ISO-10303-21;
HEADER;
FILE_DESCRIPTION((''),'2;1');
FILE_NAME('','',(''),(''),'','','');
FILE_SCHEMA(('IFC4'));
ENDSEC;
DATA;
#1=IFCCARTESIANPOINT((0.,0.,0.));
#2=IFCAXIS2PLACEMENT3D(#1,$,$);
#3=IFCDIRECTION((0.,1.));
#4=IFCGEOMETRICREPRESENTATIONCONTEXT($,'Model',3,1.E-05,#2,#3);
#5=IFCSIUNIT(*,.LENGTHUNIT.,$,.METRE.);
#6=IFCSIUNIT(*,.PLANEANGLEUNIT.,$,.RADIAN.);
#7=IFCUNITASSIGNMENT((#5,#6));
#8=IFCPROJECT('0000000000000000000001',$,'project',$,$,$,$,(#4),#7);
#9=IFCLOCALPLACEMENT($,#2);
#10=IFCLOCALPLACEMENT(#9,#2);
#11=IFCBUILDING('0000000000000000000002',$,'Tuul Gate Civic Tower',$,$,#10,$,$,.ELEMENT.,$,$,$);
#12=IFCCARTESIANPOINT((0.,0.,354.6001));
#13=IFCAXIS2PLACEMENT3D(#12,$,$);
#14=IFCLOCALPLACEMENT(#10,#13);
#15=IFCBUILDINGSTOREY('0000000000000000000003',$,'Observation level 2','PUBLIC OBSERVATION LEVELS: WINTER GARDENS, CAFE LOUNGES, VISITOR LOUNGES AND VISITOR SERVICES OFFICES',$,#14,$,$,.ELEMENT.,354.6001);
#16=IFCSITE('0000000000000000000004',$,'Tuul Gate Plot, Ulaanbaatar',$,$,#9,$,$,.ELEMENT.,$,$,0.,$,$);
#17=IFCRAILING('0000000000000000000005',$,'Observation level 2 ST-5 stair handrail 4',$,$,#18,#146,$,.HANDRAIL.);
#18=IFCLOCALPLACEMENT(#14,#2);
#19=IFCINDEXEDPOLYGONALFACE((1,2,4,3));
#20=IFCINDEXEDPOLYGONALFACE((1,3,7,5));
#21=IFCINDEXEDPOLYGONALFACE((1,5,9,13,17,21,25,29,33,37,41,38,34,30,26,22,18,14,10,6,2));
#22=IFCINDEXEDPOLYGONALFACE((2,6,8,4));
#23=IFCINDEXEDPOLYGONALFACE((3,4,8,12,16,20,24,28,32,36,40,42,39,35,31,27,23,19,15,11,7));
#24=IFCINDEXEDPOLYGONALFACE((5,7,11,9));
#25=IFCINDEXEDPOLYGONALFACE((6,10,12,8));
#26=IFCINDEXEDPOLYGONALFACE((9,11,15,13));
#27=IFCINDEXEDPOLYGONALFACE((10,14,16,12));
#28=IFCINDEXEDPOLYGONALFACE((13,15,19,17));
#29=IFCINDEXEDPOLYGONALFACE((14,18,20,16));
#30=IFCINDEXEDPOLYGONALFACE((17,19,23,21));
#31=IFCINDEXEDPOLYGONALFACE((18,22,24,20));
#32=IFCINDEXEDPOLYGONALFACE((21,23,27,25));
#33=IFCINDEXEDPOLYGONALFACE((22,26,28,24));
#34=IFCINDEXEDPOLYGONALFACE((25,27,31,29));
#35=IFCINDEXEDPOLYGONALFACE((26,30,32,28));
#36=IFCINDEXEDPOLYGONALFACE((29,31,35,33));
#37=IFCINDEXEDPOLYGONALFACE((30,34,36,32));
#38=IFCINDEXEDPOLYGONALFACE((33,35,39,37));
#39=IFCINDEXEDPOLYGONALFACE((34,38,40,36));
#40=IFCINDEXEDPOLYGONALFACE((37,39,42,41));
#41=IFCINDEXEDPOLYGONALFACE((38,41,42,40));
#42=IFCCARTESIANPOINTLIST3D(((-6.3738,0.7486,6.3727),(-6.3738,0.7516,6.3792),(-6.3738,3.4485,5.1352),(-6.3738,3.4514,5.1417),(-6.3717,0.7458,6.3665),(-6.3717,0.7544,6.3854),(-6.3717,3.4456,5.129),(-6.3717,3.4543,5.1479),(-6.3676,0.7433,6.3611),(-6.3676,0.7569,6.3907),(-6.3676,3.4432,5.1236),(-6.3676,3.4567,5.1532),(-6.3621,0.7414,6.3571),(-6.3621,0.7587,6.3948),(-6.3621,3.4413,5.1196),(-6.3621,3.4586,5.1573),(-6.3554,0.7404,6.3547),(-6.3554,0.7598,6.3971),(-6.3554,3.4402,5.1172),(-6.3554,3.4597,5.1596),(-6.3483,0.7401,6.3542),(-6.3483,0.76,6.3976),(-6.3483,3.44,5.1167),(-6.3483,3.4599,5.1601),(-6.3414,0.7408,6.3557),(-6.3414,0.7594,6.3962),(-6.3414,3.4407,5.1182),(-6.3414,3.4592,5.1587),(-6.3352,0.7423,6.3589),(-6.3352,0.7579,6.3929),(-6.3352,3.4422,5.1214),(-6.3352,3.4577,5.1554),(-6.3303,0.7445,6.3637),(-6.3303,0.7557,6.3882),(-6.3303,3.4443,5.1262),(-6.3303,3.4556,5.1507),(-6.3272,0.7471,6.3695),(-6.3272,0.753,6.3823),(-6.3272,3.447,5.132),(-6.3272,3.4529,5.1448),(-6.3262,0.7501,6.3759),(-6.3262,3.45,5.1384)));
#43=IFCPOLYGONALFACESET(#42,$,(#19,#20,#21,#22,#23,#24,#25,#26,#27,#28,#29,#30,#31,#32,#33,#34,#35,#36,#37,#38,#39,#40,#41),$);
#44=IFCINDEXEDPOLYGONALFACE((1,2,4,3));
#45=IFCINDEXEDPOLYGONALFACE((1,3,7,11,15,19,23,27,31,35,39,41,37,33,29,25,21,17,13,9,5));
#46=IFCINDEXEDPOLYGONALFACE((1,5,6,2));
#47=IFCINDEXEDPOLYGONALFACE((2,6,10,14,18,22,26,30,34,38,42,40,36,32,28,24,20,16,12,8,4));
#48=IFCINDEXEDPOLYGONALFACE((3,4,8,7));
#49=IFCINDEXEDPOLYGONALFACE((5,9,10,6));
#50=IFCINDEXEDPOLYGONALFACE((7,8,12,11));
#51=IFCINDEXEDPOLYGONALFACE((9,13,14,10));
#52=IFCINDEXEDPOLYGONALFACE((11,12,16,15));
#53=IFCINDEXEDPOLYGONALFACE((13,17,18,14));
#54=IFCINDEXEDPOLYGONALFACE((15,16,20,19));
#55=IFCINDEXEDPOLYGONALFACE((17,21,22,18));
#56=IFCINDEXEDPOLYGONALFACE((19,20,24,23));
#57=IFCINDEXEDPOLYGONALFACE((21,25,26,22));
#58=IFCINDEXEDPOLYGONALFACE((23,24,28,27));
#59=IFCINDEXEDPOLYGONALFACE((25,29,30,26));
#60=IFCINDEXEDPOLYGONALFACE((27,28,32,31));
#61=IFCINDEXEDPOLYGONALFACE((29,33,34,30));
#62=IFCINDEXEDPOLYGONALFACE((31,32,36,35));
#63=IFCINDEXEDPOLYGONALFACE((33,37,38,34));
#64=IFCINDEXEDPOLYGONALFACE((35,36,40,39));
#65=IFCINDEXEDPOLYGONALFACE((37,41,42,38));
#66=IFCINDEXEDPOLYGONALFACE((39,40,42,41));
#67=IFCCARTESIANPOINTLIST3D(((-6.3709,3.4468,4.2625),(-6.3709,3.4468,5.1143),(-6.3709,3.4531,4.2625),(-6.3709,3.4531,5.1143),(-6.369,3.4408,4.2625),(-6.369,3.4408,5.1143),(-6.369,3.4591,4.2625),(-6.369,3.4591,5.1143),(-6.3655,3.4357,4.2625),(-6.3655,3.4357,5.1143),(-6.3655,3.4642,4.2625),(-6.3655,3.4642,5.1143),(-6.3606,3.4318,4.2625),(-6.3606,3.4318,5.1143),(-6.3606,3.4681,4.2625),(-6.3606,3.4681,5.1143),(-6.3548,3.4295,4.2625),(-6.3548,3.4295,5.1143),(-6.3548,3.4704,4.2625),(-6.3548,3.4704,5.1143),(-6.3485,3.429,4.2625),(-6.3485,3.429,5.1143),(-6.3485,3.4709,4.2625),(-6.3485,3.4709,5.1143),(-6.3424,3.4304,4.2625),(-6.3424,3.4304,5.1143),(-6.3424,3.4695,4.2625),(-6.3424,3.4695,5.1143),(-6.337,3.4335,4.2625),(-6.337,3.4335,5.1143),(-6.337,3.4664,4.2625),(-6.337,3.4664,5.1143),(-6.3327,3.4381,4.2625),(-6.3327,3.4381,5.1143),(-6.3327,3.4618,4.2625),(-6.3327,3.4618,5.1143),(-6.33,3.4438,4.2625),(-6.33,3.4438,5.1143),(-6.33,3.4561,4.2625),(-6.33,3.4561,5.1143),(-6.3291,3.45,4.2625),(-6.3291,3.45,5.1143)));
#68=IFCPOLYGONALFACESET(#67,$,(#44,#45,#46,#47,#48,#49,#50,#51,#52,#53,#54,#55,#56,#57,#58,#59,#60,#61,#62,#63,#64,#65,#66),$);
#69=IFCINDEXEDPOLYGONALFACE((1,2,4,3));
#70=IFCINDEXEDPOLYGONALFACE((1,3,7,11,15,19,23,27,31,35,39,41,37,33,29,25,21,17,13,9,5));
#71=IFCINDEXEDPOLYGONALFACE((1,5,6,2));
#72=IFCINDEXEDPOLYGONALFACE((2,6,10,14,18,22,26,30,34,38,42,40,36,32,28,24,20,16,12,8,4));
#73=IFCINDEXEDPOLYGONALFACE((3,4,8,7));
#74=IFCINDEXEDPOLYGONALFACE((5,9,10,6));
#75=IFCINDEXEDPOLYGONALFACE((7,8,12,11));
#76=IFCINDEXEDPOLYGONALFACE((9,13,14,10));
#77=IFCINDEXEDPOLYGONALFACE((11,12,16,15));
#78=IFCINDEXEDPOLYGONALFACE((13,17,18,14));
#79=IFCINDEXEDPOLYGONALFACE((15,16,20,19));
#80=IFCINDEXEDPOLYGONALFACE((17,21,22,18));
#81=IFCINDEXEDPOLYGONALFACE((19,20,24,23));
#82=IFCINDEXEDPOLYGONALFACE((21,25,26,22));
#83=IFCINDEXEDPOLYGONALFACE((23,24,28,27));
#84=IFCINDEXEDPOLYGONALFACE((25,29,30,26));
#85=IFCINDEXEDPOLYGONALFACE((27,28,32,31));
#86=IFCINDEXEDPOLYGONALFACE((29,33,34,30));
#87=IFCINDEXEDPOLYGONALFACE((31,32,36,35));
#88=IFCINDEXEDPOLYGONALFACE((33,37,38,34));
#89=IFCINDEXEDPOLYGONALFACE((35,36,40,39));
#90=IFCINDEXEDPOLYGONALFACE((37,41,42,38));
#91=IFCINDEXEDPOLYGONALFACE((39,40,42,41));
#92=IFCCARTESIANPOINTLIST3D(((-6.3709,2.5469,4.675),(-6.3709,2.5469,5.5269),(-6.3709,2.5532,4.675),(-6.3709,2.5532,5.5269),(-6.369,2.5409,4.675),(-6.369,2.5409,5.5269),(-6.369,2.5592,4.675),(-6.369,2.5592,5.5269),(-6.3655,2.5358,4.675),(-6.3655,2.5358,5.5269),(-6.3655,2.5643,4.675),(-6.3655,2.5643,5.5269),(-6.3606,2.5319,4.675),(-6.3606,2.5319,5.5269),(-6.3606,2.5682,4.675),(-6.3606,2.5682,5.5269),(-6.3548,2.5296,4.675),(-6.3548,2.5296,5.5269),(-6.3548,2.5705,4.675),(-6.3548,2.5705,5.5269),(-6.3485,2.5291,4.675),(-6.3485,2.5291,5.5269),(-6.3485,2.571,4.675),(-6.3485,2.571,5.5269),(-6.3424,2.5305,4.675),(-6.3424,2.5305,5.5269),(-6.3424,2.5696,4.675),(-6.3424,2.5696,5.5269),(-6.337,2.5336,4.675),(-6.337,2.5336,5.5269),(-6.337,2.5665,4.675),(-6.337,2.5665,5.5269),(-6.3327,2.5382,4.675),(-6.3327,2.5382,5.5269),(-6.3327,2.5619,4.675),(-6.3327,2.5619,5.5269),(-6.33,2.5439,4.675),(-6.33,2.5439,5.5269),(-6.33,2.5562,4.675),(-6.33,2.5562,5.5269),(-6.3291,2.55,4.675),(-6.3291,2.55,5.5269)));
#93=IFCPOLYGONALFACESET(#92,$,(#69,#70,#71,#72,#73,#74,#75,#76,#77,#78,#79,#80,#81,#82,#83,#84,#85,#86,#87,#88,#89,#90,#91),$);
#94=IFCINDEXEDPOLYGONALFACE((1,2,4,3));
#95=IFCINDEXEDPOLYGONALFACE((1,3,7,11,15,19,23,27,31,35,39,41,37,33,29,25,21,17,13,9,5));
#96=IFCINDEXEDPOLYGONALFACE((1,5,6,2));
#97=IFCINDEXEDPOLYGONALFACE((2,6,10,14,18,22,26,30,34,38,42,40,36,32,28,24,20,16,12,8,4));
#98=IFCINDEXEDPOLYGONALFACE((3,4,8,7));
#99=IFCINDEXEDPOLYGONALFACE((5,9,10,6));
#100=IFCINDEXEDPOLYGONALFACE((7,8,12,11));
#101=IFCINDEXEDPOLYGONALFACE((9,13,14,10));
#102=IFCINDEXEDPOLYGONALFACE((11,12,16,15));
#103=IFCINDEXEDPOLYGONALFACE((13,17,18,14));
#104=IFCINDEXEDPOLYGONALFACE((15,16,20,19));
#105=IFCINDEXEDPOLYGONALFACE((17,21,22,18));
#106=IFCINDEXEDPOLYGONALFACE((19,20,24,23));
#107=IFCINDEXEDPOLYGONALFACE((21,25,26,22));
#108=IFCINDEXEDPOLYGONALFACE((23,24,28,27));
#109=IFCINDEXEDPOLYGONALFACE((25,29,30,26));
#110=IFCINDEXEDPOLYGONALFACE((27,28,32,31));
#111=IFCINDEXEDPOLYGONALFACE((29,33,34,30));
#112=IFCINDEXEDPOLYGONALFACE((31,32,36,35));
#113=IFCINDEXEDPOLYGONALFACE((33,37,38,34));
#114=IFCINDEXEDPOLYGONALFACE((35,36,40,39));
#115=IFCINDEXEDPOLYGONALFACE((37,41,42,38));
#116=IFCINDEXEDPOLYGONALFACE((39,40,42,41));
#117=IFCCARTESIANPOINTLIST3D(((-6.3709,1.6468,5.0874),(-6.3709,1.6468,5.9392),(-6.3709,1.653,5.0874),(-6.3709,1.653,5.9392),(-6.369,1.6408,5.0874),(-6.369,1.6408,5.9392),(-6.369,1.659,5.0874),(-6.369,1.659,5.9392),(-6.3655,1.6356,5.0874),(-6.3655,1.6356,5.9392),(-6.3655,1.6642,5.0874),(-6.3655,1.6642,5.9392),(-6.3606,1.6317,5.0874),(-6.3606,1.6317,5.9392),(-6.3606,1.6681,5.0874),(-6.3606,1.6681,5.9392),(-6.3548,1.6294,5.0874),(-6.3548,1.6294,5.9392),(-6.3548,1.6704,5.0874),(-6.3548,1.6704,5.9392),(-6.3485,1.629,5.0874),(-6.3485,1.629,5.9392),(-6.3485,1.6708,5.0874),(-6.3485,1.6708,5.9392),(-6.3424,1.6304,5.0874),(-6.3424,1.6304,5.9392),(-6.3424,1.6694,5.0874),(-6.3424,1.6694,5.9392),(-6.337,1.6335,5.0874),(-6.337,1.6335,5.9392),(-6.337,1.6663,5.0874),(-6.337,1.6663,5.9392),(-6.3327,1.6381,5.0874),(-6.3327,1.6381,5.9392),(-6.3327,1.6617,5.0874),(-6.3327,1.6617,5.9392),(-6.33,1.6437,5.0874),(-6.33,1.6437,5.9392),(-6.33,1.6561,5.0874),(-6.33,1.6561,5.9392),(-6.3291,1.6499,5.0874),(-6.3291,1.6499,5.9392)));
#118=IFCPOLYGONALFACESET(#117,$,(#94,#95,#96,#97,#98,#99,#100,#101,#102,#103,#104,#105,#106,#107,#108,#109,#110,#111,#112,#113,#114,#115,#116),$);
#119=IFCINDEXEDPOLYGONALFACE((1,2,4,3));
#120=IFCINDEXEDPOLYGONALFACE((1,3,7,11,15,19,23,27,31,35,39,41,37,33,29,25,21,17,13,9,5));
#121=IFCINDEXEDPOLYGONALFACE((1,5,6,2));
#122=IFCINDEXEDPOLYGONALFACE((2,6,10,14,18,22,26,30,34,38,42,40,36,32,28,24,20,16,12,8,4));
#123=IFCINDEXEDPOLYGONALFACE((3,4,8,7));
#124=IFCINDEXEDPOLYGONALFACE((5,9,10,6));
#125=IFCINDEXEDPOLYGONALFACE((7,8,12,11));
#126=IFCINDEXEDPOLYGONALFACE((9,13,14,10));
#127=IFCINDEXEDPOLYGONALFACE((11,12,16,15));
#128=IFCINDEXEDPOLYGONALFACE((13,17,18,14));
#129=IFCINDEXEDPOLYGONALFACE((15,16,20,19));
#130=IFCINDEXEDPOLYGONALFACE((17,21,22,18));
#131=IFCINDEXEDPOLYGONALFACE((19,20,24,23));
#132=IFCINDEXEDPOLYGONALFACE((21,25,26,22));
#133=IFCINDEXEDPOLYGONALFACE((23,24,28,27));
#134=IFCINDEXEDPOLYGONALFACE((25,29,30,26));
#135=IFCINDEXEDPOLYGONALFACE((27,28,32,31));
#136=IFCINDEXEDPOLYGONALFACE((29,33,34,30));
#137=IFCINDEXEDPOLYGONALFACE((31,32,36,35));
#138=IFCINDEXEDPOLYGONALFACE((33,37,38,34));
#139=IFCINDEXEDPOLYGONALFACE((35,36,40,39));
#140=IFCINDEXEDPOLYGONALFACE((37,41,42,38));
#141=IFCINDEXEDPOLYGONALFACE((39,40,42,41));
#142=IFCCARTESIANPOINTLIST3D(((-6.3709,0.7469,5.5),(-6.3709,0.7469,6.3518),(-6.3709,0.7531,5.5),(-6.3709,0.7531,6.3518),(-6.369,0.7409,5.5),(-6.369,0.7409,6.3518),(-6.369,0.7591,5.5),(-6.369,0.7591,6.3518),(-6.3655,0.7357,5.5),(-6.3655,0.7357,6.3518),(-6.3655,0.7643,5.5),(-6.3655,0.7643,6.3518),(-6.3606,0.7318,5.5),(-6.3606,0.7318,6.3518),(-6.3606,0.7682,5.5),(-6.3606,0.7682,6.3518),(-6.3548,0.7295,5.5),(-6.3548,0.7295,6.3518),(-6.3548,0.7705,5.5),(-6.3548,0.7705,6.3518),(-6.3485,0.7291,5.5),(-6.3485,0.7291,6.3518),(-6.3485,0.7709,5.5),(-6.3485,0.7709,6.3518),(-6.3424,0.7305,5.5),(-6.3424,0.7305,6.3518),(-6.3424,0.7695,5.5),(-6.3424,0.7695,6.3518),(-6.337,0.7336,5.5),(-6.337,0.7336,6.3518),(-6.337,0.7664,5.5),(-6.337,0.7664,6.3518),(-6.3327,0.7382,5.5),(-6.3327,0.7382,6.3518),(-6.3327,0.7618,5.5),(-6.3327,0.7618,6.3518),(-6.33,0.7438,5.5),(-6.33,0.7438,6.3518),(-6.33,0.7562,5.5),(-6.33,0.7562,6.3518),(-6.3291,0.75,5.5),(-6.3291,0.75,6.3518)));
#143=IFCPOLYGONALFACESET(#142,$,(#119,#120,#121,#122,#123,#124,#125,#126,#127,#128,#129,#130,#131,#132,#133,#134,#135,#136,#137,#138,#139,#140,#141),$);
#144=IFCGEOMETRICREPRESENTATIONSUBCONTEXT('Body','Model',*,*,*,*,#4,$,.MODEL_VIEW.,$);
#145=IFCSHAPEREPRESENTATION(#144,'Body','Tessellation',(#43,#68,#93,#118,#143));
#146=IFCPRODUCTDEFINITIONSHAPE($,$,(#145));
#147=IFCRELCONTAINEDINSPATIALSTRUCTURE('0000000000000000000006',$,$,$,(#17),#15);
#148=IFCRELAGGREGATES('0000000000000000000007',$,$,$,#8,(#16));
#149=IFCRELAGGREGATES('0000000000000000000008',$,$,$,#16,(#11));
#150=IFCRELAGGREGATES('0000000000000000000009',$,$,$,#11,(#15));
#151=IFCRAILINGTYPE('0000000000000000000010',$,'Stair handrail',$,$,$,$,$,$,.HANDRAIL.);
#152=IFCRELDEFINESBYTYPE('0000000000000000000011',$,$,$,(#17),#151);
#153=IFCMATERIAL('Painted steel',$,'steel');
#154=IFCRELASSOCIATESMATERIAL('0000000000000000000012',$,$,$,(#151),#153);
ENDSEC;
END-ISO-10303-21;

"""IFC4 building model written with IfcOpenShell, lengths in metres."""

from ifc_helpers import new_model, si_unit, direction, frame, origin, origin_2d, place, context, subcontext, project, spatial, circle, extrude, material, type_object, element, save


model = new_model("IFC4")

# Units and contexts
model_context = context("Model", 3, precision=1e-05, world=origin(), true_north=direction((0.0, 1.0)))
body_context = subcontext(model_context, "Body", "Model", "MODEL_VIEW")
ifc_project = project(units=[si_unit("LENGTHUNIT", "METRE"), si_unit("PLANEANGLEUNIT", "RADIAN")], contexts=[model_context])

# Site, building, storey
site_placement = place(None, origin())
site = spatial("IfcSite", under=ifc_project, at=site_placement, Name="Tuul Gate Plot, Ulaanbaatar", CompositionType="ELEMENT", RefElevation=0.0)
building_placement = place(site_placement, origin())
building = spatial("IfcBuilding", under=site, at=building_placement, Name="Tuul Gate Civic Tower", CompositionType="ELEMENT")
storey_placement = place(building_placement, frame((0.0, 0.0, 354.6001)))
storey = spatial("IfcBuildingStorey", under=building, at=storey_placement, Name="Observation level 2", Description="PUBLIC OBSERVATION LEVELS: WINTER GARDENS, CAFE LOUNGES, VISITOR LOUNGES AND VISITOR SERVICES OFFICES", CompositionType="ELEMENT", Elevation=354.6001)

# Railing
ifc_material_1 = material(Name="Painted steel", Category="steel")
railing_type_1 = type_object("IfcRailingType", Name="Stair handrail", PredefinedType="HANDRAIL", material=ifc_material_1)
for number, where, name in (
    (1, (-6.3501, 3.45, 4.2625), "Observation level 2 ST-5 stair handrail 4"),
):
    element("IfcRailing", number, at=place(storey_placement, frame(where)), inside=storey, type_object=railing_type_1, Name=name, PredefinedType="HANDRAIL", context=body_context, shape_type="SweptSolid", body=[
        extrude(circle(Radius=0.0239, at=origin_2d()), frame((0.0, 0.0, 0.876), z_axis=(0.0, -0.909056, 0.416675), x_axis=(1.0, 0.0, 0.0)), (0.0, 0.0, 1.0), 2.97),
        extrude(circle(Radius=0.021, at=origin_2d()), origin(), (0.0, 0.0, 1.0), 0.8518),
        extrude(circle(Radius=0.021, at=origin_2d()), frame((0.0, -0.8999, 0.4126)), (0.0, 0.0, 1.0), 0.8518),
        extrude(circle(Radius=0.021, at=origin_2d()), frame((0.0, -1.8, 0.825)), (0.0, 0.0, 1.0), 0.8518),
        extrude(circle(Radius=0.021, at=origin_2d()), frame((0.0, -2.7, 1.2375)), (0.0, 0.0, 1.0), 0.8518),
    ])

save(model, "model.ifc")
